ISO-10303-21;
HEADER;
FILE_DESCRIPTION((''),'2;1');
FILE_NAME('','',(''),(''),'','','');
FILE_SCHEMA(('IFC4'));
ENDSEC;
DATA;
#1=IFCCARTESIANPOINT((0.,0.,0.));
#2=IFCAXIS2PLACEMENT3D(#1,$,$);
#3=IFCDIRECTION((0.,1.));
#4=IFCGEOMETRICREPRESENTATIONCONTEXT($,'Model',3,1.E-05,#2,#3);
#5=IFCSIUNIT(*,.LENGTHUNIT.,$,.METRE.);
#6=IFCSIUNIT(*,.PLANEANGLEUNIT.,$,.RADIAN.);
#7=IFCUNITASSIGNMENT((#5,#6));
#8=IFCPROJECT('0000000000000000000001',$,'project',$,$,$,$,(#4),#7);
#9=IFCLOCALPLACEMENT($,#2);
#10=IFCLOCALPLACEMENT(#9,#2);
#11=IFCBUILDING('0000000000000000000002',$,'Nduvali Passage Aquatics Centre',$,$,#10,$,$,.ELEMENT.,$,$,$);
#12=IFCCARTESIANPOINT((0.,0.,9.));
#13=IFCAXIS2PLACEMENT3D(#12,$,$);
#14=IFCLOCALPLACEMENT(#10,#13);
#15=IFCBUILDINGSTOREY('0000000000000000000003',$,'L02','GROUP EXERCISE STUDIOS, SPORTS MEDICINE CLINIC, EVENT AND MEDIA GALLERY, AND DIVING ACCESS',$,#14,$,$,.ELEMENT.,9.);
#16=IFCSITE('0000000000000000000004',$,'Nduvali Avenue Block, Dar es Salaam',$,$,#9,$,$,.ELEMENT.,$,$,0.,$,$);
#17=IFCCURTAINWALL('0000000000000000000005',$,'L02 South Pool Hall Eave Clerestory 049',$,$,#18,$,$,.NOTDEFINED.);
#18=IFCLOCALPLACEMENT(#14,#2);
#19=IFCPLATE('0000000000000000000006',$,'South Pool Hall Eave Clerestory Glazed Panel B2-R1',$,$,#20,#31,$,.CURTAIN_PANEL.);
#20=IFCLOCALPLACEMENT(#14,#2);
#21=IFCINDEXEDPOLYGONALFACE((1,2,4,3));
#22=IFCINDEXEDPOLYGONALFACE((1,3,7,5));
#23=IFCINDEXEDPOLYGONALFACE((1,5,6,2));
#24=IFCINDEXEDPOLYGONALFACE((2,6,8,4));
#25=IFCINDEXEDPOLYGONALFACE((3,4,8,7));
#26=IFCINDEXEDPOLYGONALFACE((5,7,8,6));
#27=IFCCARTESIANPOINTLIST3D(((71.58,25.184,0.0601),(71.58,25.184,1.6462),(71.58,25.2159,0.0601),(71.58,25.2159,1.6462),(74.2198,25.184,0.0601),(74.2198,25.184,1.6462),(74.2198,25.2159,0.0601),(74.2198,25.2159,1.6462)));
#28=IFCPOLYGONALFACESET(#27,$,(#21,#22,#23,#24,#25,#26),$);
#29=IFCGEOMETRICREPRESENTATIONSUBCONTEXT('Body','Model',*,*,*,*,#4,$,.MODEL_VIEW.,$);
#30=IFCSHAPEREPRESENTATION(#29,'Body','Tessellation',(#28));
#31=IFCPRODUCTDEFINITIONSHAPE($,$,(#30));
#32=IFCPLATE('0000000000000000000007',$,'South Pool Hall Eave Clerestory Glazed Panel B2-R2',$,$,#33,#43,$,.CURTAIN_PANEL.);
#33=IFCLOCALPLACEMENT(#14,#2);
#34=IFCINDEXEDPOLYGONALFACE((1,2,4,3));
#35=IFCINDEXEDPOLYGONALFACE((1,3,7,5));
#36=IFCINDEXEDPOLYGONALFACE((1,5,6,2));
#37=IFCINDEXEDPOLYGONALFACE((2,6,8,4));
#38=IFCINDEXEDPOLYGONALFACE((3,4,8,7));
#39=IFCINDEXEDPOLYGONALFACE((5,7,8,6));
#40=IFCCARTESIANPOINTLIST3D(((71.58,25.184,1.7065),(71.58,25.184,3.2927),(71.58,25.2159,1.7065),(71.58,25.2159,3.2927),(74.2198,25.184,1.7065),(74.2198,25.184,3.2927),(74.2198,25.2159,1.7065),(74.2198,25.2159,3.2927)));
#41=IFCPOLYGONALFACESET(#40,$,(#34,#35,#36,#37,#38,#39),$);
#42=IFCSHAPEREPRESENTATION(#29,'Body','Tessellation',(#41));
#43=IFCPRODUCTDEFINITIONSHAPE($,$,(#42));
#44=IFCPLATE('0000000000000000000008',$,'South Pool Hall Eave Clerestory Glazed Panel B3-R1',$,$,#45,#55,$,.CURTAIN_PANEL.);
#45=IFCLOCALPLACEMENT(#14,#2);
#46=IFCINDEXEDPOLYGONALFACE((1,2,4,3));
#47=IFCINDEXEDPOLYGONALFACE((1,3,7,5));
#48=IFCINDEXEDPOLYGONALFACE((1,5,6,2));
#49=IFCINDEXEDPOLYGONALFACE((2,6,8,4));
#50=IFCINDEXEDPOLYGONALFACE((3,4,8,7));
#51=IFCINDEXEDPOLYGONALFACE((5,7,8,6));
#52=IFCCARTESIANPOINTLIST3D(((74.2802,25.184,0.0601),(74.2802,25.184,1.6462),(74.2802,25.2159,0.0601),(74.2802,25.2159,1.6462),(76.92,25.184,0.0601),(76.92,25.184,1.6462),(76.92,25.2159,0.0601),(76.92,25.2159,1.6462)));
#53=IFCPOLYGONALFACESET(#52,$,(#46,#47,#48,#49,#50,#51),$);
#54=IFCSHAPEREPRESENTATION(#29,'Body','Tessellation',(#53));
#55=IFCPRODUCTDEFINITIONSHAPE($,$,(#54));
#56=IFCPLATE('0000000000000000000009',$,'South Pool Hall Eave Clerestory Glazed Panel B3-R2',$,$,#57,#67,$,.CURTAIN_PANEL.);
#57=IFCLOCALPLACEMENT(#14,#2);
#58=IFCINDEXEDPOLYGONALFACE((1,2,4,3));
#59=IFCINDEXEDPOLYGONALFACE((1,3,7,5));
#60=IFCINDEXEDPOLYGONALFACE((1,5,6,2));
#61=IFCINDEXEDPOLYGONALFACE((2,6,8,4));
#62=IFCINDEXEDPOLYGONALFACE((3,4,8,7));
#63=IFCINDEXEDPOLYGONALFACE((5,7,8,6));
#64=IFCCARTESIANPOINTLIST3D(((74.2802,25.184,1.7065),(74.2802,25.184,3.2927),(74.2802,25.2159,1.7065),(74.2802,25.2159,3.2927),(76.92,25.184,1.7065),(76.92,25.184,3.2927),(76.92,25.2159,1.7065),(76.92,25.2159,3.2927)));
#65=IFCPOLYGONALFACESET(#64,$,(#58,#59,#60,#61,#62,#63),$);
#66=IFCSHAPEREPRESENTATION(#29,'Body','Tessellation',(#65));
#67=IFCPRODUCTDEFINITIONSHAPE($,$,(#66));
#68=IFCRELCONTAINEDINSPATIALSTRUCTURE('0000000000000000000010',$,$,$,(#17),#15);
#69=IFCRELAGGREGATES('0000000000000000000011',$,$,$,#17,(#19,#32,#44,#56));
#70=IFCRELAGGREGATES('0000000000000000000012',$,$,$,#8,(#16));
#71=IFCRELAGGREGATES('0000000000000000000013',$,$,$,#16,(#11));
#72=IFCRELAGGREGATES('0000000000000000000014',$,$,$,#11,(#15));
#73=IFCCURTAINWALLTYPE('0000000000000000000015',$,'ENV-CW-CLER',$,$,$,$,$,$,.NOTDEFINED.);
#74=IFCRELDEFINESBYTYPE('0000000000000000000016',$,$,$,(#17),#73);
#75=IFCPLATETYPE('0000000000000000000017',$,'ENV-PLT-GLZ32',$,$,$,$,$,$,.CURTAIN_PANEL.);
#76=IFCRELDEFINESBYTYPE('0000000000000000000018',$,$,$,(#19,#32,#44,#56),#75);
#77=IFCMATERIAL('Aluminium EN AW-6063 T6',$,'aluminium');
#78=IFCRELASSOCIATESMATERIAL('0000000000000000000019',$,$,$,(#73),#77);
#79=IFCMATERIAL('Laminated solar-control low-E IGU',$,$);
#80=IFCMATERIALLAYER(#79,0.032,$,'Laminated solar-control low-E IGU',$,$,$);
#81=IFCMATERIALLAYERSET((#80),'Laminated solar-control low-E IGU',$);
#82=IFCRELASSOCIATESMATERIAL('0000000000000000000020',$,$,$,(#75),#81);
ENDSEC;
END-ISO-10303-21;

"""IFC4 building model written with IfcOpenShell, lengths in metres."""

from ifc_helpers import new_model, si_unit, direction, frame, origin, origin_2d, place, context, subcontext, project, spatial, rectangle, extrude, material, layer, layer_set, type_object, element, aggregate, save


model = new_model("IFC4")

# Units and contexts
model_context = context("Model", 3, precision=1e-05, world=origin(), true_north=direction((0.0, 1.0)))
body_context = subcontext(model_context, "Body", "Model", "MODEL_VIEW")
ifc_project = project(units=[si_unit("LENGTHUNIT", "METRE"), si_unit("PLANEANGLEUNIT", "RADIAN")], contexts=[model_context])

# Site, building, storey
site_placement = place(None, origin())
site = spatial("IfcSite", under=ifc_project, at=site_placement, Name="Nduvali Avenue Block, Dar es Salaam", CompositionType="ELEMENT", RefElevation=0.0)
building_placement = place(site_placement, origin())
building = spatial("IfcBuilding", under=site, at=building_placement, Name="Nduvali Passage Aquatics Centre", CompositionType="ELEMENT")
storey_placement = place(building_placement, frame((0.0, 0.0, 9.0)))
storey = spatial("IfcBuildingStorey", under=building, at=storey_placement, Name="L02", Description="GROUP EXERCISE STUDIOS, SPORTS MEDICINE CLINIC, EVENT AND MEDIA GALLERY, AND DIVING ACCESS", CompositionType="ELEMENT", Elevation=9.0)

# Shared definitions
ifc_material_1 = material(Name="Aluminium EN AW-6063 T6", Category="aluminium")
curtain_wall_type = type_object("IfcCurtainWallType", Name="ENV-CW-CLER", PredefinedType="NOTDEFINED", material=ifc_material_1)

# Curtain wall
curtain_wall_1_placement = place(storey_placement, origin())
curtain_wall_1 = element("IfcCurtainWall", 1, at=curtain_wall_1_placement, inside=storey, type_object=curtain_wall_type, Name="L02 South Pool Hall Eave Clerestory 049", PredefinedType="NOTDEFINED")

# Plates
ifc_material_2 = material(Name="Laminated solar-control low-E IGU")
ifc_layer = layer(ifc_material_2, 0.032, Name="Laminated solar-control low-E IGU")
ifc_layer_set = layer_set([ifc_layer], Name="Laminated solar-control low-E IGU")
plate_type = type_object("IfcPlateType", Name="ENV-PLT-GLZ32", PredefinedType="CURTAIN_PANEL", material=ifc_layer_set)
plate_1_placement = place(storey_placement, frame((72.8999, 25.2, 0.0601), z_axis=(0.0, 0.0, 1.0), x_axis=(1.0, 0.0, 0.0)))
plate_1 = element("IfcPlate", 2, at=plate_1_placement, type_object=plate_type, Name="South Pool Hall Eave Clerestory Glazed Panel B2-R1", PredefinedType="CURTAIN_PANEL", context=body_context, shape_type="SweptSolid", body=[
    extrude(rectangle(XDim=2.6399, YDim=0.032, at=origin_2d()), origin(), (0.0, 0.0, 1.0), 1.5862),
])
plate_2_placement = place(storey_placement, frame((72.8999, 25.2, 1.7065), z_axis=(0.0, 0.0, 1.0), x_axis=(1.0, 0.0, 0.0)))
plate_2 = element("IfcPlate", 3, at=plate_2_placement, type_object=plate_type, Name="South Pool Hall Eave Clerestory Glazed Panel B2-R2", PredefinedType="CURTAIN_PANEL", context=body_context, shape_type="SweptSolid", body=[
    extrude(rectangle(XDim=2.6399, YDim=0.032, at=origin_2d()), origin(), (0.0, 0.0, 1.0), 1.5862),
])
plate_3_placement = place(storey_placement, frame((75.6001, 25.2, 0.0601), z_axis=(0.0, 0.0, 1.0), x_axis=(1.0, 0.0, 0.0)))
plate_3 = element("IfcPlate", 4, at=plate_3_placement, type_object=plate_type, Name="South Pool Hall Eave Clerestory Glazed Panel B3-R1", PredefinedType="CURTAIN_PANEL", context=body_context, shape_type="SweptSolid", body=[
    extrude(rectangle(XDim=2.6399, YDim=0.032, at=origin_2d()), origin(), (0.0, 0.0, 1.0), 1.5862),
])
plate_4_placement = place(storey_placement, frame((75.6001, 25.2, 1.7065), z_axis=(0.0, 0.0, 1.0), x_axis=(1.0, 0.0, 0.0)))
plate_4 = element("IfcPlate", 5, at=plate_4_placement, type_object=plate_type, Name="South Pool Hall Eave Clerestory Glazed Panel B3-R2", PredefinedType="CURTAIN_PANEL", context=body_context, shape_type="SweptSolid", body=[
    extrude(rectangle(XDim=2.6399, YDim=0.032, at=origin_2d()), origin(), (0.0, 0.0, 1.0), 1.5862),
])
aggregate(curtain_wall_1, [plate_1, plate_2, plate_3, plate_4])

save(model, "model.ifc")
